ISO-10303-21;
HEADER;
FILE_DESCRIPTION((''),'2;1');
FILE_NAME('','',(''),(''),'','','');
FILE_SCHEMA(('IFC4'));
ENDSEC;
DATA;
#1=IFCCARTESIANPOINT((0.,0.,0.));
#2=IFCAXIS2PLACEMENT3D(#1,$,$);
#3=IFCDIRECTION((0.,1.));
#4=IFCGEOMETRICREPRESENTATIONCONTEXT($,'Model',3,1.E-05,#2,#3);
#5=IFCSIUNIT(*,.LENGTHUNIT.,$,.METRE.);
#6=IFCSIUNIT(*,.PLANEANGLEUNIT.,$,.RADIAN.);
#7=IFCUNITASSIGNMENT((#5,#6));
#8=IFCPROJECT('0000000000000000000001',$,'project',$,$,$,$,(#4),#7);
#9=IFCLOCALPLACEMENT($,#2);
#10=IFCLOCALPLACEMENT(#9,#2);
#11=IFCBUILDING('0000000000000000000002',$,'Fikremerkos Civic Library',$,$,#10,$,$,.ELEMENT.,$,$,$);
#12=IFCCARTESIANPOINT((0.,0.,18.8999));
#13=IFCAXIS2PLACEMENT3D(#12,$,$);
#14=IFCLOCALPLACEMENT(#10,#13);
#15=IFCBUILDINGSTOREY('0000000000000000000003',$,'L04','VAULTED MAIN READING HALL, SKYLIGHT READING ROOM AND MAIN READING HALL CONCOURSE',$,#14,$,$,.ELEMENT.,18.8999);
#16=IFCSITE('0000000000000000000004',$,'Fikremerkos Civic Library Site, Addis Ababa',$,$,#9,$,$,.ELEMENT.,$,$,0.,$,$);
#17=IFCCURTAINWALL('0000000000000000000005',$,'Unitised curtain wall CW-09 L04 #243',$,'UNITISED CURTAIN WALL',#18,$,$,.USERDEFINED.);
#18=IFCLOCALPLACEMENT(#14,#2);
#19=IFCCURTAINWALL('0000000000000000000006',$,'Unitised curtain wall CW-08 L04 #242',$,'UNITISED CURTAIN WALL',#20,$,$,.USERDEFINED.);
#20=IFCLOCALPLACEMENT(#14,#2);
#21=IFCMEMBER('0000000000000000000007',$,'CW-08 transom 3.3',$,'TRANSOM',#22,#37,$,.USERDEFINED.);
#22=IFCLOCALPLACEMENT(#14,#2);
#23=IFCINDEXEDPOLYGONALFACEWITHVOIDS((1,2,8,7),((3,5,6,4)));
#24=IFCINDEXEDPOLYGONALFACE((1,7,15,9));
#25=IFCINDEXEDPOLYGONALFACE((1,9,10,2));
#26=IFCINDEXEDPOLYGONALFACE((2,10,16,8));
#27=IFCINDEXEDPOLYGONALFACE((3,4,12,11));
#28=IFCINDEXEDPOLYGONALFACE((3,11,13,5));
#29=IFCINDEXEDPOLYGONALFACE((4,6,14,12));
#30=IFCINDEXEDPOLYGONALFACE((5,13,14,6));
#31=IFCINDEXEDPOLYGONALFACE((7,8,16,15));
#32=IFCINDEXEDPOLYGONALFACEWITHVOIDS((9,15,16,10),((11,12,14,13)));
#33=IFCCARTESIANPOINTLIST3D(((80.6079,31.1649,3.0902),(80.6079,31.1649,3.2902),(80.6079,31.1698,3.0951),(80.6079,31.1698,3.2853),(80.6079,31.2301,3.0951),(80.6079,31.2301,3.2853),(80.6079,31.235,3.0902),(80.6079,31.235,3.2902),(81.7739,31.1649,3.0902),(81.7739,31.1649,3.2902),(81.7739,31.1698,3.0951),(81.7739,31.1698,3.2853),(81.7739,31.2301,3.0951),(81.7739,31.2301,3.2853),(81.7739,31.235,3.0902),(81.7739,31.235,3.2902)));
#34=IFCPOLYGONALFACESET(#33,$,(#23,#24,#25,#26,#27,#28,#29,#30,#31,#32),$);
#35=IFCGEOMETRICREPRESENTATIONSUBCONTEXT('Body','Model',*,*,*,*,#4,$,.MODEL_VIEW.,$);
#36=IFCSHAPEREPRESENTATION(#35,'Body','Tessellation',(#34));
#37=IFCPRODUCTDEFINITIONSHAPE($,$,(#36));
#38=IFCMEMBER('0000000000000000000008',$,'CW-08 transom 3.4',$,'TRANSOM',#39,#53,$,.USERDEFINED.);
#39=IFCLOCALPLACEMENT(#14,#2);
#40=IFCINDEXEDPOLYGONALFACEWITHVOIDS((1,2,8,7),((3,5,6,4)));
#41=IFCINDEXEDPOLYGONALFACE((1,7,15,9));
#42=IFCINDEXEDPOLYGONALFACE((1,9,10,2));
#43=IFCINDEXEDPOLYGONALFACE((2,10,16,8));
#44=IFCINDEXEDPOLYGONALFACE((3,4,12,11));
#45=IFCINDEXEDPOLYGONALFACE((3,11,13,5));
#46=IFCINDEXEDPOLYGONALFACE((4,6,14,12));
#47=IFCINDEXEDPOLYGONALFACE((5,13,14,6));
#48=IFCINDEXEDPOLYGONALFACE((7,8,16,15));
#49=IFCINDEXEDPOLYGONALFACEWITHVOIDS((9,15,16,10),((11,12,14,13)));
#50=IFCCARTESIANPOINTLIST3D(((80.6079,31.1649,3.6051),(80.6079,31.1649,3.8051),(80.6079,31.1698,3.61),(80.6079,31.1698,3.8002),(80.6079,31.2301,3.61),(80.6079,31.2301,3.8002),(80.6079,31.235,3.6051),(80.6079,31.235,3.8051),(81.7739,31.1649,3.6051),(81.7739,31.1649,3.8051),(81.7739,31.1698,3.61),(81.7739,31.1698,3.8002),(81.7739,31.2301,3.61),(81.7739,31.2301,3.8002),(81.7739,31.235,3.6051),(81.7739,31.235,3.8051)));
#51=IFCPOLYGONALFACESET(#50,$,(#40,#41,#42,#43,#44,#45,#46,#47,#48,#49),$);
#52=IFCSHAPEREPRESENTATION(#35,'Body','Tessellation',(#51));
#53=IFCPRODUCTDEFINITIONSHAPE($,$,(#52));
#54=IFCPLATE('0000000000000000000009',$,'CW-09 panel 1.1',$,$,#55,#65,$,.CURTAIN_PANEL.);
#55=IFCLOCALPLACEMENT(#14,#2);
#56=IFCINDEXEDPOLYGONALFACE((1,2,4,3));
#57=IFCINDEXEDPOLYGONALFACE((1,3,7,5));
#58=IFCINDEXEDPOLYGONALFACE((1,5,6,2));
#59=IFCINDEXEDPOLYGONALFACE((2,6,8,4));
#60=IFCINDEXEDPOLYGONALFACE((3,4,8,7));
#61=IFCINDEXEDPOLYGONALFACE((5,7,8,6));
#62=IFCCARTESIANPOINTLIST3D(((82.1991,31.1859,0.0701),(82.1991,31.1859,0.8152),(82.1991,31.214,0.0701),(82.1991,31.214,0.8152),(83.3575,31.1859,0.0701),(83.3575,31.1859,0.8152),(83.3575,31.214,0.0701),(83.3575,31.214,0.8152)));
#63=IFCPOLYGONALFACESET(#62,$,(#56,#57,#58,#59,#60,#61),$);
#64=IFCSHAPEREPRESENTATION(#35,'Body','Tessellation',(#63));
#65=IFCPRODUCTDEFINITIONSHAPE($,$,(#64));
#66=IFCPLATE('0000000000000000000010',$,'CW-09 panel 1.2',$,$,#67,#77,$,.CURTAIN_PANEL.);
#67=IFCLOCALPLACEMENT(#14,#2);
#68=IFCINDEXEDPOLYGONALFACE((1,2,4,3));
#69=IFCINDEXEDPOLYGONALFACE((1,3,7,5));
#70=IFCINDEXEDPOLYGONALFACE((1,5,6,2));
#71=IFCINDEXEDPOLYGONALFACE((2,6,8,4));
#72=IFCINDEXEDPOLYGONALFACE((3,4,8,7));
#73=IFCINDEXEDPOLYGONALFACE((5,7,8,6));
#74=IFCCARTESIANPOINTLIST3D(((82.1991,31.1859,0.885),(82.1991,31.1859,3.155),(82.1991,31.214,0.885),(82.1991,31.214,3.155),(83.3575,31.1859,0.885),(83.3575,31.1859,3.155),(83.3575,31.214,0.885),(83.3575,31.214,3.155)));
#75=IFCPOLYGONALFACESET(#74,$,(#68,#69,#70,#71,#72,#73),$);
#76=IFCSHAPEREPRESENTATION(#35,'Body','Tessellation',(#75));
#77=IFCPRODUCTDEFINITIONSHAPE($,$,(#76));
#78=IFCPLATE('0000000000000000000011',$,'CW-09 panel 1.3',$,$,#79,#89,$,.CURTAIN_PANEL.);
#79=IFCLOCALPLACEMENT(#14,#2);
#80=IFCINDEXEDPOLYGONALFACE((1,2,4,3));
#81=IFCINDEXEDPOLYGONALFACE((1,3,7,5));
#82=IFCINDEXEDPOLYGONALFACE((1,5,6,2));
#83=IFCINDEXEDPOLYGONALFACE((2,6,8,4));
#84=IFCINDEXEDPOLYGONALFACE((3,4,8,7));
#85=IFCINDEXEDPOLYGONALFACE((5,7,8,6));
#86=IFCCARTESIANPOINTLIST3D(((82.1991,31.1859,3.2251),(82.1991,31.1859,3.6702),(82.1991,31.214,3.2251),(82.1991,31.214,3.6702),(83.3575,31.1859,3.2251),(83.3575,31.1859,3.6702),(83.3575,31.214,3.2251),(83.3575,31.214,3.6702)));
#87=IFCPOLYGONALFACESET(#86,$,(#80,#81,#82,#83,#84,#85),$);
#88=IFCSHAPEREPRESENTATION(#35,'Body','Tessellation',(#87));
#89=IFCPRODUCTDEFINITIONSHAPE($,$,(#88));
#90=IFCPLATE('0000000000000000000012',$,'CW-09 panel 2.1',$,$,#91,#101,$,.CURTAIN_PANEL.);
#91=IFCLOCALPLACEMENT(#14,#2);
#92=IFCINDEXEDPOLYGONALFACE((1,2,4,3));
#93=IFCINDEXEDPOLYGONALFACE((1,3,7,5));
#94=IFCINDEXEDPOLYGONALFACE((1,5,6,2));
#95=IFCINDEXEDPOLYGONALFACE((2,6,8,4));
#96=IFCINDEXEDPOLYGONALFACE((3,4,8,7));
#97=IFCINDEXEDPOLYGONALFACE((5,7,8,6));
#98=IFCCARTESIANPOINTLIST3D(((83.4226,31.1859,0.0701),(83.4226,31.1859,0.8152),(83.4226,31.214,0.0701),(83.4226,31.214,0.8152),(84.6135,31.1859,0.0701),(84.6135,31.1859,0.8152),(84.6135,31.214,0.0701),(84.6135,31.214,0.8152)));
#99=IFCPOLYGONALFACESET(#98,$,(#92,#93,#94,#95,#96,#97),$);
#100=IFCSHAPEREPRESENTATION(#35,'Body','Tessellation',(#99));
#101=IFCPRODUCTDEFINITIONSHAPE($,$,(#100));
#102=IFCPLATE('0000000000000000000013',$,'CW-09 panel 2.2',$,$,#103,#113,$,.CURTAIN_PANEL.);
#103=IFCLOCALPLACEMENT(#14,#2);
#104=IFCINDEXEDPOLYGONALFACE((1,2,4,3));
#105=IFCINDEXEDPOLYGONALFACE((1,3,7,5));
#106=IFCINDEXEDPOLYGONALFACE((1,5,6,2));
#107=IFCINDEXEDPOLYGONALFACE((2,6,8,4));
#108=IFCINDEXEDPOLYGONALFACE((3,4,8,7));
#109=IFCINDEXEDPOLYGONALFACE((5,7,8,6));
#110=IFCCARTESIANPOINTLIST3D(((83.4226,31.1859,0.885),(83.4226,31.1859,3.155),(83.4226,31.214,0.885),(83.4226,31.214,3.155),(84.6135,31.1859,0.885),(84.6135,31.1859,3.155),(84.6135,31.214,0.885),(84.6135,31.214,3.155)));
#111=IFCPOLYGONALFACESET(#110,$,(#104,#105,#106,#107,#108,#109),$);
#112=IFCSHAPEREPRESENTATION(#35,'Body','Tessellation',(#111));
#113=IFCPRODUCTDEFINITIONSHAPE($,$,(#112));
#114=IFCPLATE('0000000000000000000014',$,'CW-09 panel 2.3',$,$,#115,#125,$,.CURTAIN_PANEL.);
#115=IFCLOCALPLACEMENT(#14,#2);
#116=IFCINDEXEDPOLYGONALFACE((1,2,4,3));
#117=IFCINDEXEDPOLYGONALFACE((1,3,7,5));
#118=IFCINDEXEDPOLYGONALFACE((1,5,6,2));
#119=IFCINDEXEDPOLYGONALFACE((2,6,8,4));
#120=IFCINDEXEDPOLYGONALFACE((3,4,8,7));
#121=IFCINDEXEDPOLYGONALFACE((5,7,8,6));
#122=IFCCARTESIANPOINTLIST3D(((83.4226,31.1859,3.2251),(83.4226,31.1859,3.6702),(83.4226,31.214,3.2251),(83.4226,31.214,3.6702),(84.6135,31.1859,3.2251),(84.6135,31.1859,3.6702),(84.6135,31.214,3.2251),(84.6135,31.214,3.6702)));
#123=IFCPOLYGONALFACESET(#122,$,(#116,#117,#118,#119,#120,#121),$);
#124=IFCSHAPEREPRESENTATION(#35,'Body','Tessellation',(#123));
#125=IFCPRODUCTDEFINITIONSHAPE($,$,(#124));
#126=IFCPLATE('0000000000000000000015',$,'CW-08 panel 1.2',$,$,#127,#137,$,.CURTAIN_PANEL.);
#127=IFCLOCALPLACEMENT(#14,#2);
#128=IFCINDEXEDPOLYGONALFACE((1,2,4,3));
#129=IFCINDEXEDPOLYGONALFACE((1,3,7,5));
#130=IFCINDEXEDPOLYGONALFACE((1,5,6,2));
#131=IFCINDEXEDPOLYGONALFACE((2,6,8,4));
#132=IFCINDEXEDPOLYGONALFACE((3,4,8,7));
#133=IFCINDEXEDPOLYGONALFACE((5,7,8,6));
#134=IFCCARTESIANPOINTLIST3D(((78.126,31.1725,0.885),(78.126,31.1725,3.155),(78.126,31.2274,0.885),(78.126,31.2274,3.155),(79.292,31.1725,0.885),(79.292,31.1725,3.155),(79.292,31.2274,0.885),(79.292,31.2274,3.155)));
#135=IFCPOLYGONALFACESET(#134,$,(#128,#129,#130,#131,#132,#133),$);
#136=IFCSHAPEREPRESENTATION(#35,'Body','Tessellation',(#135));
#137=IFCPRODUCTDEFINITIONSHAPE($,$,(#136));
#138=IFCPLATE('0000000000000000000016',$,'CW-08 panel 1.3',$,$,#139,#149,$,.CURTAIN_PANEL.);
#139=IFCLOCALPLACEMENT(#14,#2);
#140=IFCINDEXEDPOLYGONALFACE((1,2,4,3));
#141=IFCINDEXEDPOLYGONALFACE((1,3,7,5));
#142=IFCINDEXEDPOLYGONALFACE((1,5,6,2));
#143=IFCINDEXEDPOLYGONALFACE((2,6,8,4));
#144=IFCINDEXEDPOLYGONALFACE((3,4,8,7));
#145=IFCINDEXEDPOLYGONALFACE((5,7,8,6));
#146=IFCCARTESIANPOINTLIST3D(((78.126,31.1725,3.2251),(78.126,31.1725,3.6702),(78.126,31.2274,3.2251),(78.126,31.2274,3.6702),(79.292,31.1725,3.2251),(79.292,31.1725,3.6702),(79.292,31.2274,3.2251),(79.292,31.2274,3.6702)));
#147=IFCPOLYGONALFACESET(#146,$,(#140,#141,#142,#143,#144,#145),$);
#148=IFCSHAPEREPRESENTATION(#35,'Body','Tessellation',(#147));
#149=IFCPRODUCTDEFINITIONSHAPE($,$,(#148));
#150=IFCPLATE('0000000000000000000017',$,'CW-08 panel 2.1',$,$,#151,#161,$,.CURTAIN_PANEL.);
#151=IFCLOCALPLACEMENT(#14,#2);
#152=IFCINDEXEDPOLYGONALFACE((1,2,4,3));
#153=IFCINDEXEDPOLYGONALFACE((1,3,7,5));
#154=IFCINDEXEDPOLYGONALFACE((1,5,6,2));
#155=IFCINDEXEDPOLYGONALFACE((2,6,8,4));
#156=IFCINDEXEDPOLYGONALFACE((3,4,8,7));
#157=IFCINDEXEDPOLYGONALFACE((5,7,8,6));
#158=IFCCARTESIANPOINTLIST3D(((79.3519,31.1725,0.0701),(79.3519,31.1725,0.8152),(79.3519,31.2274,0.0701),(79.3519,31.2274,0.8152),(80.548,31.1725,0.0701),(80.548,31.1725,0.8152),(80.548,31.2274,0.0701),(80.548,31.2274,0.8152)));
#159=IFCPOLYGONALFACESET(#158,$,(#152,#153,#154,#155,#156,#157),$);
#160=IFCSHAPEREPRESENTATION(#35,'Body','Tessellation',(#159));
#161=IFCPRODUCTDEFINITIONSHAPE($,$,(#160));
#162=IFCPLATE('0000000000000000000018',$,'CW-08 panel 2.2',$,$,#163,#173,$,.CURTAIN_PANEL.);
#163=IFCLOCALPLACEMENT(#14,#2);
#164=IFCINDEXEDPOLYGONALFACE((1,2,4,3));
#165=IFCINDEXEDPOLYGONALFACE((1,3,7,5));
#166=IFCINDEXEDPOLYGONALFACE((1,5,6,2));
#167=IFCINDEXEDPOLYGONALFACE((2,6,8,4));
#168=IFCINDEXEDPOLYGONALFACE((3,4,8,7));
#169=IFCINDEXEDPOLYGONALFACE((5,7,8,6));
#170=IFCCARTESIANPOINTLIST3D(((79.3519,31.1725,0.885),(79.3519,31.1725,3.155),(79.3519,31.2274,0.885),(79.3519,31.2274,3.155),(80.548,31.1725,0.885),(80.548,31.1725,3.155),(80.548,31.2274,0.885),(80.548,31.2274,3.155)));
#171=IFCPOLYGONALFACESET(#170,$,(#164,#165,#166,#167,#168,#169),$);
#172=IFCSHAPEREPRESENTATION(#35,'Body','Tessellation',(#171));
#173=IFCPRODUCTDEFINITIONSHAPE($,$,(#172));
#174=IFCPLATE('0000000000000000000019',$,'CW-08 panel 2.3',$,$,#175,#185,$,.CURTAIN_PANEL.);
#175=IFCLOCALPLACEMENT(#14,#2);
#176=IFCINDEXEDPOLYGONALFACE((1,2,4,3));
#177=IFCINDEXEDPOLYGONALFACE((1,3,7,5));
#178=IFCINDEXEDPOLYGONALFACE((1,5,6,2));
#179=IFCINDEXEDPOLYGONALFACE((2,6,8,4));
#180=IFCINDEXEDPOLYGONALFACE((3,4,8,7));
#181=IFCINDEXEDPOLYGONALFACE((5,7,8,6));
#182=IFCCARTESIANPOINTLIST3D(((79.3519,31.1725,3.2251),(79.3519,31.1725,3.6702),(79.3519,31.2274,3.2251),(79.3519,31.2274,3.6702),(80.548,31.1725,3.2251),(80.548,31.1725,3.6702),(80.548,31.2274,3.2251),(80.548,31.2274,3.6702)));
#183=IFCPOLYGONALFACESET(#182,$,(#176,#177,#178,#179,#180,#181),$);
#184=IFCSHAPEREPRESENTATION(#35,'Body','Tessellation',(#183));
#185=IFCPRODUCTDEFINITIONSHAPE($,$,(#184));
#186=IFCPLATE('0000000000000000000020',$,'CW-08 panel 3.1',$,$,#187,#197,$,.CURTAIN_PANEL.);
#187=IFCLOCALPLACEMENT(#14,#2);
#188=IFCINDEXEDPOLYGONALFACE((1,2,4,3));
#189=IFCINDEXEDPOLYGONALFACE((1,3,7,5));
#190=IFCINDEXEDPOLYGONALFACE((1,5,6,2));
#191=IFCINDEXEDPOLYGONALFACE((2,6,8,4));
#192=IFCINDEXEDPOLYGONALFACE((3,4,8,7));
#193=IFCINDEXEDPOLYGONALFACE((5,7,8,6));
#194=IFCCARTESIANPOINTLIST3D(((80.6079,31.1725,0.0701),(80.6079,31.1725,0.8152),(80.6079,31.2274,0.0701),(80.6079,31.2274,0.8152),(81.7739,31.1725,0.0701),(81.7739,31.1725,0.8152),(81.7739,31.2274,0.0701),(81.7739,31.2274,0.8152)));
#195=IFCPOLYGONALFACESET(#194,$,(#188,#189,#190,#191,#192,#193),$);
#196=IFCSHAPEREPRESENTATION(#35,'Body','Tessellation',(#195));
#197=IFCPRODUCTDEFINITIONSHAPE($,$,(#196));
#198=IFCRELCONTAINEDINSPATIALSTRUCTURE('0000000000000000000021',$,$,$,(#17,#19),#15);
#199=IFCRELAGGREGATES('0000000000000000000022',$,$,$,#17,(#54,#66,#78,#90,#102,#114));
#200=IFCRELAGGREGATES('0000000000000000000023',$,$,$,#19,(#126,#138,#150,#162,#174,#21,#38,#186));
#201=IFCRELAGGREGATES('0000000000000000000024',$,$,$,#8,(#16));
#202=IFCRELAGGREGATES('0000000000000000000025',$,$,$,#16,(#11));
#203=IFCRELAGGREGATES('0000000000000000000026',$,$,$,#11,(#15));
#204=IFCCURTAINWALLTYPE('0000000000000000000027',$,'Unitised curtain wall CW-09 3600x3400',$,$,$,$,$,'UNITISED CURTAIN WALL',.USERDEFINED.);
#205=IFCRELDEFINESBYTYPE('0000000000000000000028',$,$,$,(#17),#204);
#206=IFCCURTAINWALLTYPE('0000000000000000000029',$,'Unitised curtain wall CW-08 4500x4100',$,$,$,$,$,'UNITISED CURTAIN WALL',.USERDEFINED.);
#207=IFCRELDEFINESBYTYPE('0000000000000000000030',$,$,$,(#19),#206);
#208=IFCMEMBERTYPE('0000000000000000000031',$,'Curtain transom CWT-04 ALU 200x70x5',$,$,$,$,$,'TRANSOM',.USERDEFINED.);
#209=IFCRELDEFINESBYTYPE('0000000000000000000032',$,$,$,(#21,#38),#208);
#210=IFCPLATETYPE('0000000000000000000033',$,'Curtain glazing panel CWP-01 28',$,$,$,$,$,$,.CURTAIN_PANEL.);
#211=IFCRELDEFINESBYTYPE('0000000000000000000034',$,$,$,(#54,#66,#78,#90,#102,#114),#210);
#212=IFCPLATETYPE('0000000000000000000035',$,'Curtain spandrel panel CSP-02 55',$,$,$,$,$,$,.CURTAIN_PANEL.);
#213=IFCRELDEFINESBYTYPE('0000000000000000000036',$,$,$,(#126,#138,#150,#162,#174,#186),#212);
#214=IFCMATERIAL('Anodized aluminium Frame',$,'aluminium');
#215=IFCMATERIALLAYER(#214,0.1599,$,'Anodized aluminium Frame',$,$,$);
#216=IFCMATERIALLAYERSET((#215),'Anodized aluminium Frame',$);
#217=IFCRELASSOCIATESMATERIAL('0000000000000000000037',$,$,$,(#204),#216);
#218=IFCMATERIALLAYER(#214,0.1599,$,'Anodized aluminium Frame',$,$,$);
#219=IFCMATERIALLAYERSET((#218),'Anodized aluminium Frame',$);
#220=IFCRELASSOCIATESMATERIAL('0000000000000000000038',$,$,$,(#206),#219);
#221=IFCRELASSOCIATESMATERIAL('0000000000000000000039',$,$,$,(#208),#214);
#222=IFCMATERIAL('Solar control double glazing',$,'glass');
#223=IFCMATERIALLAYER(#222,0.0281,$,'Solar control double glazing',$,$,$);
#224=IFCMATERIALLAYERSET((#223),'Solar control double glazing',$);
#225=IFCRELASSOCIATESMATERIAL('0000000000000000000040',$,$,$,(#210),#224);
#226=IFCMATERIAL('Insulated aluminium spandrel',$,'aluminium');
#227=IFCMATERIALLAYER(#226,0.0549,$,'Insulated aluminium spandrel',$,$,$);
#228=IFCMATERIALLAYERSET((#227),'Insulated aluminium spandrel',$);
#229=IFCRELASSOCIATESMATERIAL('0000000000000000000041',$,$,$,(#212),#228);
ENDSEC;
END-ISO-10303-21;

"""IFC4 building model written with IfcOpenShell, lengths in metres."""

from ifc_helpers import new_model, si_unit, direction, frame, origin, origin_2d, place, context, subcontext, project, spatial, rectangle, hollow_rectangle, extrude, material, layer, layer_set, material_profile, profile_set, type_object, element, aggregate, save


model = new_model("IFC4")

# Units and contexts
model_context = context("Model", 3, precision=1e-05, world=origin(), true_north=direction((0.0, 1.0)))
body_context = subcontext(model_context, "Body", "Model", "MODEL_VIEW")
ifc_project = project(units=[si_unit("LENGTHUNIT", "METRE"), si_unit("PLANEANGLEUNIT", "RADIAN")], contexts=[model_context])

# Site, building, storey
site_placement = place(None, origin())
site = spatial("IfcSite", under=ifc_project, at=site_placement, Name="Fikremerkos Civic Library Site, Addis Ababa", CompositionType="ELEMENT", RefElevation=0.0)
building_placement = place(site_placement, origin())
building = spatial("IfcBuilding", under=site, at=building_placement, Name="Fikremerkos Civic Library", CompositionType="ELEMENT")
storey_placement = place(building_placement, frame((0.0, 0.0, 18.8999)))
storey = spatial("IfcBuildingStorey", under=building, at=storey_placement, Name="L04", Description="VAULTED MAIN READING HALL, SKYLIGHT READING ROOM AND MAIN READING HALL CONCOURSE", CompositionType="ELEMENT", Elevation=18.8999)

# Curtain walls
ifc_material_1 = material(Name="Anodized aluminium Frame", Category="aluminium")
ifc_layer_1 = layer(ifc_material_1, 0.1599, Name="Anodized aluminium Frame")
ifc_layer_set_1 = layer_set([ifc_layer_1], Name="Anodized aluminium Frame")
curtain_wall_type_1 = type_object("IfcCurtainWallType", Name="Unitised curtain wall CW-09 3600x3400", ElementType="UNITISED CURTAIN WALL", PredefinedType="USERDEFINED", material=ifc_layer_set_1)
curtain_wall_1_placement = place(storey_placement, origin())
curtain_wall_1 = element("IfcCurtainWall", 1, at=curtain_wall_1_placement, inside=storey, type_object=curtain_wall_type_1, Name="Unitised curtain wall CW-09 L04 #243", ObjectType="UNITISED CURTAIN WALL", PredefinedType="USERDEFINED")
ifc_layer_2 = layer(ifc_material_1, 0.1599, Name="Anodized aluminium Frame")
ifc_layer_set_2 = layer_set([ifc_layer_2], Name="Anodized aluminium Frame")
curtain_wall_type_2 = type_object("IfcCurtainWallType", Name="Unitised curtain wall CW-08 4500x4100", ElementType="UNITISED CURTAIN WALL", PredefinedType="USERDEFINED", material=ifc_layer_set_2)
curtain_wall_2_placement = place(storey_placement, origin())
curtain_wall_2 = element("IfcCurtainWall", 2, at=curtain_wall_2_placement, inside=storey, type_object=curtain_wall_type_2, Name="Unitised curtain wall CW-08 L04 #242", ObjectType="UNITISED CURTAIN WALL", PredefinedType="USERDEFINED")

# Members
ifc_material_profile_1 = material_profile(ifc_material_1, hollow_rectangle(XDim=0.0701, YDim=0.2, WallThickness=0.0049, at=origin_2d()), Name="ALU 200x70x5")
ifc_profile_set_1 = profile_set([ifc_material_profile_1], Name="Anodized aluminium Frame")
member_type_1 = type_object("IfcMemberType", Name="Curtain transom CWT-04 ALU 200x70x5", ElementType="TRANSOM", PredefinedType="USERDEFINED", material=ifc_profile_set_1)
member_1_placement = place(storey_placement, frame((80.6079, 31.2, 3.1902), z_axis=(1.0, 0.0, 0.0), x_axis=(0.0, 1.0, 0.0)))
member_1 = element("IfcMember", 3, at=member_1_placement, type_object=member_type_1, Name="CW-08 transom 3.3", ObjectType="TRANSOM", PredefinedType="USERDEFINED", context=body_context, shape_type="SweptSolid", body=[
    extrude(hollow_rectangle(XDim=0.0701, YDim=0.2, WallThickness=0.0049, at=origin_2d()), origin(), (0.0, 0.0, 1.0), 1.166),
])
member_2_placement = place(storey_placement, frame((80.6079, 31.2, 3.7051), z_axis=(1.0, 0.0, 0.0), x_axis=(0.0, 1.0, 0.0)))
member_2 = element("IfcMember", 4, at=member_2_placement, type_object=member_type_1, Name="CW-08 transom 3.4", ObjectType="TRANSOM", PredefinedType="USERDEFINED", context=body_context, shape_type="SweptSolid", body=[
    extrude(hollow_rectangle(XDim=0.0701, YDim=0.2, WallThickness=0.0049, at=origin_2d()), origin(), (0.0, 0.0, 1.0), 1.166),
])

# Plates
ifc_material_2 = material(Name="Solar control double glazing", Category="glass")
ifc_layer_3 = layer(ifc_material_2, 0.0281, Name="Solar control double glazing")
ifc_layer_set_3 = layer_set([ifc_layer_3], Name="Solar control double glazing")
plate_type_1 = type_object("IfcPlateType", Name="Curtain glazing panel CWP-01 28", PredefinedType="CURTAIN_PANEL", material=ifc_layer_set_3)
plate_1_placement = place(storey_placement, frame((82.7783, 31.2, 0.0701), z_axis=(0.0, 0.0, 1.0), x_axis=(1.0, 0.0, 0.0)))
plate_1 = element("IfcPlate", 5, at=plate_1_placement, type_object=plate_type_1, Name="CW-09 panel 1.1", PredefinedType="CURTAIN_PANEL", context=body_context, shape_type="SweptSolid", body=[
    extrude(rectangle(XDim=1.1584, YDim=0.0281, at=origin_2d()), origin(), (0.0, 0.0, 1.0), 0.7451),
])
plate_2_placement = place(storey_placement, frame((82.7783, 31.2, 0.885), z_axis=(0.0, 0.0, 1.0), x_axis=(1.0, 0.0, 0.0)))
plate_2 = element("IfcPlate", 6, at=plate_2_placement, type_object=plate_type_1, Name="CW-09 panel 1.2", PredefinedType="CURTAIN_PANEL", context=body_context, shape_type="SweptSolid", body=[
    extrude(rectangle(XDim=1.1584, YDim=0.0281, at=origin_2d()), origin(), (0.0, 0.0, 1.0), 2.27),
])
plate_3_placement = place(storey_placement, frame((82.7783, 31.2, 3.2251), z_axis=(0.0, 0.0, 1.0), x_axis=(1.0, 0.0, 0.0)))
plate_3 = element("IfcPlate", 7, at=plate_3_placement, type_object=plate_type_1, Name="CW-09 panel 1.3", PredefinedType="CURTAIN_PANEL", context=body_context, shape_type="SweptSolid", body=[
    extrude(rectangle(XDim=1.1584, YDim=0.0281, at=origin_2d()), origin(), (0.0, 0.0, 1.0), 0.4451),
])
plate_4_placement = place(storey_placement, frame((84.0181, 31.2, 0.0701), z_axis=(0.0, 0.0, 1.0), x_axis=(1.0, 0.0, 0.0)))
plate_4 = element("IfcPlate", 8, at=plate_4_placement, type_object=plate_type_1, Name="CW-09 panel 2.1", PredefinedType="CURTAIN_PANEL", context=body_context, shape_type="SweptSolid", body=[
    extrude(rectangle(XDim=1.1909, YDim=0.0281, at=origin_2d()), origin(), (0.0, 0.0, 1.0), 0.7451),
])
plate_5_placement = place(storey_placement, frame((84.0181, 31.2, 0.885), z_axis=(0.0, 0.0, 1.0), x_axis=(1.0, 0.0, 0.0)))
plate_5 = element("IfcPlate", 9, at=plate_5_placement, type_object=plate_type_1, Name="CW-09 panel 2.2", PredefinedType="CURTAIN_PANEL", context=body_context, shape_type="SweptSolid", body=[
    extrude(rectangle(XDim=1.1909, YDim=0.0281, at=origin_2d()), origin(), (0.0, 0.0, 1.0), 2.27),
])
plate_6_placement = place(storey_placement, frame((84.0181, 31.2, 3.2251), z_axis=(0.0, 0.0, 1.0), x_axis=(1.0, 0.0, 0.0)))
plate_6 = element("IfcPlate", 10, at=plate_6_placement, type_object=plate_type_1, Name="CW-09 panel 2.3", PredefinedType="CURTAIN_PANEL", context=body_context, shape_type="SweptSolid", body=[
    extrude(rectangle(XDim=1.1909, YDim=0.0281, at=origin_2d()), origin(), (0.0, 0.0, 1.0), 0.4451),
])
aggregate(curtain_wall_1, [plate_1, plate_2, plate_3, plate_4, plate_5, plate_6])
ifc_material_3 = material(Name="Insulated aluminium spandrel", Category="aluminium")
ifc_layer_4 = layer(ifc_material_3, 0.0549, Name="Insulated aluminium spandrel")
ifc_layer_set_4 = layer_set([ifc_layer_4], Name="Insulated aluminium spandrel")
plate_type_2 = type_object("IfcPlateType", Name="Curtain spandrel panel CSP-02 55", PredefinedType="CURTAIN_PANEL", material=ifc_layer_set_4)
plate_7_placement = place(storey_placement, frame((78.709, 31.2, 0.885), z_axis=(0.0, 0.0, 1.0), x_axis=(1.0, 0.0, 0.0)))
plate_7 = element("IfcPlate", 11, at=plate_7_placement, type_object=plate_type_2, Name="CW-08 panel 1.2", PredefinedType="CURTAIN_PANEL", context=body_context, shape_type="SweptSolid", body=[
    extrude(rectangle(XDim=1.166, YDim=0.0549, at=origin_2d()), origin(), (0.0, 0.0, 1.0), 2.27),
])
plate_8_placement = place(storey_placement, frame((78.709, 31.2, 3.2251), z_axis=(0.0, 0.0, 1.0), x_axis=(1.0, 0.0, 0.0)))
plate_8 = element("IfcPlate", 12, at=plate_8_placement, type_object=plate_type_2, Name="CW-08 panel 1.3", PredefinedType="CURTAIN_PANEL", context=body_context, shape_type="SweptSolid", body=[
    extrude(rectangle(XDim=1.166, YDim=0.0549, at=origin_2d()), origin(), (0.0, 0.0, 1.0), 0.4451),
])
plate_9_placement = place(storey_placement, frame((79.95, 31.2, 0.0701), z_axis=(0.0, 0.0, 1.0), x_axis=(1.0, 0.0, 0.0)))
plate_9 = element("IfcPlate", 13, at=plate_9_placement, type_object=plate_type_2, Name="CW-08 panel 2.1", PredefinedType="CURTAIN_PANEL", context=body_context, shape_type="SweptSolid", body=[
    extrude(rectangle(XDim=1.196, YDim=0.0549, at=origin_2d()), origin(), (0.0, 0.0, 1.0), 0.7451),
])
plate_10_placement = place(storey_placement, frame((79.95, 31.2, 0.885), z_axis=(0.0, 0.0, 1.0), x_axis=(1.0, 0.0, 0.0)))
plate_10 = element("IfcPlate", 14, at=plate_10_placement, type_object=plate_type_2, Name="CW-08 panel 2.2", PredefinedType="CURTAIN_PANEL", context=body_context, shape_type="SweptSolid", body=[
    extrude(rectangle(XDim=1.196, YDim=0.0549, at=origin_2d()), origin(), (0.0, 0.0, 1.0), 2.27),
])
plate_11_placement = place(storey_placement, frame((79.95, 31.2, 3.2251), z_axis=(0.0, 0.0, 1.0), x_axis=(1.0, 0.0, 0.0)))
plate_11 = element("IfcPlate", 15, at=plate_11_placement, type_object=plate_type_2, Name="CW-08 panel 2.3", PredefinedType="CURTAIN_PANEL", context=body_context, shape_type="SweptSolid", body=[
    extrude(rectangle(XDim=1.196, YDim=0.0549, at=origin_2d()), origin(), (0.0, 0.0, 1.0), 0.4451),
])
plate_12_placement = place(storey_placement, frame((81.1909, 31.2, 0.0701), z_axis=(0.0, 0.0, 1.0), x_axis=(1.0, 0.0, 0.0)))
plate_12 = element("IfcPlate", 16, at=plate_12_placement, type_object=plate_type_2, Name="CW-08 panel 3.1", PredefinedType="CURTAIN_PANEL", context=body_context, shape_type="SweptSolid", body=[
    extrude(rectangle(XDim=1.166, YDim=0.0549, at=origin_2d()), origin(), (0.0, 0.0, 1.0), 0.7451),
])
aggregate(curtain_wall_2, [plate_7, plate_8, plate_9, plate_10, plate_11, member_1, member_2, plate_12])

save(model, "model.ifc")
